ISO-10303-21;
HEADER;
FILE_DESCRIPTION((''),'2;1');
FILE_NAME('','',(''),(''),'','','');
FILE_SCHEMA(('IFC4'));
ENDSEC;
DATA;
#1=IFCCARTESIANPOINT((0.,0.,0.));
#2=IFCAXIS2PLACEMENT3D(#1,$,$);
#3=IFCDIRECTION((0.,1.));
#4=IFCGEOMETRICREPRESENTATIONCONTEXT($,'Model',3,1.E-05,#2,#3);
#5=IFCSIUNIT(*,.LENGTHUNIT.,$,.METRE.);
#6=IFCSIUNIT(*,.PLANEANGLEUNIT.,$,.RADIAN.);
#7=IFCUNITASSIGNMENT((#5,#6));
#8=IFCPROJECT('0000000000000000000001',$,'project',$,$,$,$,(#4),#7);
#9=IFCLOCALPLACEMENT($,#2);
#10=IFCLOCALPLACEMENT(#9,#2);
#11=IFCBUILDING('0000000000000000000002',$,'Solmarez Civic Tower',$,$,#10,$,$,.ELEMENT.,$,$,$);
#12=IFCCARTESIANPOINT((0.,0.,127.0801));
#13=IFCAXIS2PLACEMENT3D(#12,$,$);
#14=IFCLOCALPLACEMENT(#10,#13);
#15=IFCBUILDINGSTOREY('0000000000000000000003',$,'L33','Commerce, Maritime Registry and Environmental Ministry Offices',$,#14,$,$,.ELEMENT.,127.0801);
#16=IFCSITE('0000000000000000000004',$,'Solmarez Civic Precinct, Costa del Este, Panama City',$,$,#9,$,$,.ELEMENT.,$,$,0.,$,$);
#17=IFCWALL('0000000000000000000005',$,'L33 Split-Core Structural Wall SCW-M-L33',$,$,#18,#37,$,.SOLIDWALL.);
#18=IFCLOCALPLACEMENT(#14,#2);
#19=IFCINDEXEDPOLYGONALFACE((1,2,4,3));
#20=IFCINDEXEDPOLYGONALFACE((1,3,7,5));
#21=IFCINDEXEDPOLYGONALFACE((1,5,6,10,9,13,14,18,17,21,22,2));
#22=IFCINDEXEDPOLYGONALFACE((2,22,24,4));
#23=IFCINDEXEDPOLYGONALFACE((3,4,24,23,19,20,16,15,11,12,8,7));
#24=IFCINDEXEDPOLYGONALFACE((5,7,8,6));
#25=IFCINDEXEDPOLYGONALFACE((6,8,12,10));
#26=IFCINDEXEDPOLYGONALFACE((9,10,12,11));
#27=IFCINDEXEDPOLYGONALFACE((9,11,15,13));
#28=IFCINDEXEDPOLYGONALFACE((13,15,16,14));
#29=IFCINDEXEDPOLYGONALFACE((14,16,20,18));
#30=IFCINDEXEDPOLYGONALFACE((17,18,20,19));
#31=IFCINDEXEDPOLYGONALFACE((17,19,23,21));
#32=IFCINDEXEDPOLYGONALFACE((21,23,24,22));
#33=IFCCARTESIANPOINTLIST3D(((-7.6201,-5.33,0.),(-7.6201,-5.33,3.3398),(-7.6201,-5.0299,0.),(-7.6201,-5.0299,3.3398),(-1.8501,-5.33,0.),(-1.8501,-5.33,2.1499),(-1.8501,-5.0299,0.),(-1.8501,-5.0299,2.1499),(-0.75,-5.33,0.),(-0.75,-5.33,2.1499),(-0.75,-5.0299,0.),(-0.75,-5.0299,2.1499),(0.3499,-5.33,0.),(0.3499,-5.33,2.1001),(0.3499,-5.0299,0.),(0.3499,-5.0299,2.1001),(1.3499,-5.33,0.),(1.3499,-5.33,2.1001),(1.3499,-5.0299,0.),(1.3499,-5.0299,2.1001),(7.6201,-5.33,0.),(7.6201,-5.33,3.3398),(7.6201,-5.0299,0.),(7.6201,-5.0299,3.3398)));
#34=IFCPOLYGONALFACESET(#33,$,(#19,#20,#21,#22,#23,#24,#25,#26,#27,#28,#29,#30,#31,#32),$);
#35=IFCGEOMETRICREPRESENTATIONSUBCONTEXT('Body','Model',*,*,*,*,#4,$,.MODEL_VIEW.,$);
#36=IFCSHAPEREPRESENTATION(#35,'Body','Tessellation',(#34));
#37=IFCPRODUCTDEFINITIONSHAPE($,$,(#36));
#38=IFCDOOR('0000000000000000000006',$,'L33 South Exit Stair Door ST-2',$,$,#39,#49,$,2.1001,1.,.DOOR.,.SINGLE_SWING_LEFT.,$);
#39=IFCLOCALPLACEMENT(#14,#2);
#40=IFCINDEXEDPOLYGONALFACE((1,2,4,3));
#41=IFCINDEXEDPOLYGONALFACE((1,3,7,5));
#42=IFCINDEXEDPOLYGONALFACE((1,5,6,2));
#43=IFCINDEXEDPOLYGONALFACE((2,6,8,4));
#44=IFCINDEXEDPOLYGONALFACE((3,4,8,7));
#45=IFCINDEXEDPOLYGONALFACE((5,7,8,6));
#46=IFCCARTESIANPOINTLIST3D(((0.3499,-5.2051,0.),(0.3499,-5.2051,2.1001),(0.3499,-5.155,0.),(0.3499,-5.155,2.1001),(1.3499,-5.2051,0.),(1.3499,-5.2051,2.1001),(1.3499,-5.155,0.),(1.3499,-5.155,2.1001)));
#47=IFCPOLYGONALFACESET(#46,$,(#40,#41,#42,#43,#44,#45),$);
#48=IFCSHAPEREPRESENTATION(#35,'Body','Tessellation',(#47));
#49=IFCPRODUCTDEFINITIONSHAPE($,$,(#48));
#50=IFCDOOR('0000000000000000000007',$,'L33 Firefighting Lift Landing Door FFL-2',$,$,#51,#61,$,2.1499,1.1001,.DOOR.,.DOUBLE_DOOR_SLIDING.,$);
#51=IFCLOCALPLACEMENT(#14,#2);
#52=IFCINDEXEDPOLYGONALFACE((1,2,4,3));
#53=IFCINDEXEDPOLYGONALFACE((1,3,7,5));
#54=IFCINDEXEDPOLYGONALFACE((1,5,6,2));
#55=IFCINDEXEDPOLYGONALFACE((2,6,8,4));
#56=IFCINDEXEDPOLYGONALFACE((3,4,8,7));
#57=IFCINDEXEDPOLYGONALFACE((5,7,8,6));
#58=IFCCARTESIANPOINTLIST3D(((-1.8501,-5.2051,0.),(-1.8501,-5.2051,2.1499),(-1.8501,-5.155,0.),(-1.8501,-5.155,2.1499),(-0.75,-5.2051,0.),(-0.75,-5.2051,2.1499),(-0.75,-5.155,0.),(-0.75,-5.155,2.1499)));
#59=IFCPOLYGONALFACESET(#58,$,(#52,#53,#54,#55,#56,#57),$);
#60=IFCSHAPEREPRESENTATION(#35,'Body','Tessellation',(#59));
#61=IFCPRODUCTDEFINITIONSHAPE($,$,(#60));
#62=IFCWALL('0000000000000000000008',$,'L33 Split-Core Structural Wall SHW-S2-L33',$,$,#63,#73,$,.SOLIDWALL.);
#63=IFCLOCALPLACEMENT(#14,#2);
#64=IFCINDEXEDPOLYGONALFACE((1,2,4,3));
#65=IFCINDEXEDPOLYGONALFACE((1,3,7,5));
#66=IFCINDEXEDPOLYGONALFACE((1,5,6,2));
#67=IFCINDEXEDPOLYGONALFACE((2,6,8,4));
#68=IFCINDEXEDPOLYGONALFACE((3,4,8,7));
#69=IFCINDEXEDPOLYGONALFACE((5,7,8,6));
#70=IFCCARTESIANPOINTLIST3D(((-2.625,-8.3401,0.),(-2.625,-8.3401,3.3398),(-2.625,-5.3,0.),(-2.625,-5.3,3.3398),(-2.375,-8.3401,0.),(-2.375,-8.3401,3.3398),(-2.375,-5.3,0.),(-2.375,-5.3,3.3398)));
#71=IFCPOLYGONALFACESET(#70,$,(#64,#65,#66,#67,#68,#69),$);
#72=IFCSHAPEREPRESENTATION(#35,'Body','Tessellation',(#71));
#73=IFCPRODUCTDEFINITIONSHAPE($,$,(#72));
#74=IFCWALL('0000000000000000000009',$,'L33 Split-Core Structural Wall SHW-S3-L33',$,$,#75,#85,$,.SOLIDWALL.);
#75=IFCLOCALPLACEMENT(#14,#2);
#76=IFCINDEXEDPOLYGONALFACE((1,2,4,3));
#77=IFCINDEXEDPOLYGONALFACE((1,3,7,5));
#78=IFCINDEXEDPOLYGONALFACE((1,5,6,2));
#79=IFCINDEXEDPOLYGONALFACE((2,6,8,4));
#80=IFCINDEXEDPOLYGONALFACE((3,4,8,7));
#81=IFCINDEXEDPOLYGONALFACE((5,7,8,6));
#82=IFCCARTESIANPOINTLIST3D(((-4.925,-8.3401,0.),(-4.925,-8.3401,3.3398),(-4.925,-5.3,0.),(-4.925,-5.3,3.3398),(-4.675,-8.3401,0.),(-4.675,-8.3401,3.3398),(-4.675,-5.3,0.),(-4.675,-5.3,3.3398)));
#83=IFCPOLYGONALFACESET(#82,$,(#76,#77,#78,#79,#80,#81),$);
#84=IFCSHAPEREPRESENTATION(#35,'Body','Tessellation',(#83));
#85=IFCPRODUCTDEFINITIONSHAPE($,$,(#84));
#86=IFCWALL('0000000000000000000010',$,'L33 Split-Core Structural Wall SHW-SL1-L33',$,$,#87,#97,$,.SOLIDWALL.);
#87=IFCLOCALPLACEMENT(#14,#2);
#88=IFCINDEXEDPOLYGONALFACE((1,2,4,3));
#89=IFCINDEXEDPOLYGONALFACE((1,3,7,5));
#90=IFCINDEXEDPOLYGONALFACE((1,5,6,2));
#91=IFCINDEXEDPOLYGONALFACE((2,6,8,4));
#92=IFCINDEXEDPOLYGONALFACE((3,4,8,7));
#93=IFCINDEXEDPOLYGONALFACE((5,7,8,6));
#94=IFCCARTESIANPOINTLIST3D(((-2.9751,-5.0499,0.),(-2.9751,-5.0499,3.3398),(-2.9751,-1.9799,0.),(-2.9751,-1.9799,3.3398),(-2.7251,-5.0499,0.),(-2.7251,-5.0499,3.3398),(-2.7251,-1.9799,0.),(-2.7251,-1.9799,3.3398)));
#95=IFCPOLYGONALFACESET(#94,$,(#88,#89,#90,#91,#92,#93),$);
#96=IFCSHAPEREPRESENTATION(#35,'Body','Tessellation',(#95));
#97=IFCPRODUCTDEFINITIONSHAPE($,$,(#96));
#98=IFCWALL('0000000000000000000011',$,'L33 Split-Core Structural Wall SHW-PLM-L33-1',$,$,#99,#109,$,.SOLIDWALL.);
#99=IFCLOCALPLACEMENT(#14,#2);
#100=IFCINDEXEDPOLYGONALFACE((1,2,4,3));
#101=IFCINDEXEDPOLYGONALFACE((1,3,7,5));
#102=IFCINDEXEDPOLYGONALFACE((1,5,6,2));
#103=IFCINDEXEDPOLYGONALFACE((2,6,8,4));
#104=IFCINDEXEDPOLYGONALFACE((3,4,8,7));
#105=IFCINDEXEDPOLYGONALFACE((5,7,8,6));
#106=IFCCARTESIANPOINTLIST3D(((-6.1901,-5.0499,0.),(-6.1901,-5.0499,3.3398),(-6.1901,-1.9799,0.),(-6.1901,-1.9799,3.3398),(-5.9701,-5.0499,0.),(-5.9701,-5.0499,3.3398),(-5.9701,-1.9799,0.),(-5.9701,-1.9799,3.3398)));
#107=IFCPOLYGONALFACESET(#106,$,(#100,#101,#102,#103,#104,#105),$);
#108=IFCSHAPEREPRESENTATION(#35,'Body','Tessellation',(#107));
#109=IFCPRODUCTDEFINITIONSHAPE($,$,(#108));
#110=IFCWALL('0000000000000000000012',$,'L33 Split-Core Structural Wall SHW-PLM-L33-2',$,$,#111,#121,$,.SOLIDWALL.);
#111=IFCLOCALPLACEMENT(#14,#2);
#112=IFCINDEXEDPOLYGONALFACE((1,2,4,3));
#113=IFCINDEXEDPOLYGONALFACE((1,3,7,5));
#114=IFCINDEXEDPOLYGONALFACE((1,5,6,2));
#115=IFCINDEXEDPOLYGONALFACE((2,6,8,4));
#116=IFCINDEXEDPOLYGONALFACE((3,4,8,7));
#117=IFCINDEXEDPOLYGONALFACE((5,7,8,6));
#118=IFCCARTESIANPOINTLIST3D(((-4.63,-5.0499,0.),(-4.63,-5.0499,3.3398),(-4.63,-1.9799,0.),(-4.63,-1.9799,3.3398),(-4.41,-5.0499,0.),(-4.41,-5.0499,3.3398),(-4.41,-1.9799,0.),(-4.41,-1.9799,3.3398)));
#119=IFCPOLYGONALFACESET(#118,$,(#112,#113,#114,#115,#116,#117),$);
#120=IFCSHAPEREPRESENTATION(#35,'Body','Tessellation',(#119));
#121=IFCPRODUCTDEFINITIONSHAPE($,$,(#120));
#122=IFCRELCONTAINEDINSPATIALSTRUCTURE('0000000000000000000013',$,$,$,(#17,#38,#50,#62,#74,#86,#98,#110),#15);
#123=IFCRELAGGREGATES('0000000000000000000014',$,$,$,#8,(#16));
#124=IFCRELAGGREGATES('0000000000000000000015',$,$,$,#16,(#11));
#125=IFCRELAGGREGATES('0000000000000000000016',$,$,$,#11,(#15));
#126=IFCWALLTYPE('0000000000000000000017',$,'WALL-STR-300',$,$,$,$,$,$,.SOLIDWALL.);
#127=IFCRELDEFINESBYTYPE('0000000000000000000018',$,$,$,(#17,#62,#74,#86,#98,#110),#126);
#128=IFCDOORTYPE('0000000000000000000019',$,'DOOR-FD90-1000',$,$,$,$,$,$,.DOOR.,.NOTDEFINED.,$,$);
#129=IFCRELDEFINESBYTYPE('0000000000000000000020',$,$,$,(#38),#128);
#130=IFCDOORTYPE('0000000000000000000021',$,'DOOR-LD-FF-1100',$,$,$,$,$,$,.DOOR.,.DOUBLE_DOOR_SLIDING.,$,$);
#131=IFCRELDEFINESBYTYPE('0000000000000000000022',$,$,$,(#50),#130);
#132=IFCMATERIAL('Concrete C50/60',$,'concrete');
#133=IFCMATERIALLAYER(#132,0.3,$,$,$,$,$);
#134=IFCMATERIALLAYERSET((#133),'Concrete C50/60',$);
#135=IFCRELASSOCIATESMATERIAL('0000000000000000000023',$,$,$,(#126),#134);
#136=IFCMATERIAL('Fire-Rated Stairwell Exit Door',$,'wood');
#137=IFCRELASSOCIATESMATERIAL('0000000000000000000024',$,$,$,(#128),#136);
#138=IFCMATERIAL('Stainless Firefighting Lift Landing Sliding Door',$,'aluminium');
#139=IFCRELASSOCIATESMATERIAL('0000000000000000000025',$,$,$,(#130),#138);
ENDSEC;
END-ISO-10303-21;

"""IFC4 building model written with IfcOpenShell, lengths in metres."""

from ifc_helpers import new_model, si_unit, direction, frame, frame_2d, origin, place, context, subcontext, project, spatial, rectangle, extrude, material, layer, layer_set, type_object, element, fill, save


model = new_model("IFC4")

# Units and contexts
model_context = context("Model", 3, precision=1e-05, world=origin(), true_north=direction((0.0, 1.0)))
body_context = subcontext(model_context, "Body", "Model", "MODEL_VIEW")
ifc_project = project(units=[si_unit("LENGTHUNIT", "METRE"), si_unit("PLANEANGLEUNIT", "RADIAN")], contexts=[model_context])

# Site, building, storey
site_placement = place(None, origin())
site = spatial("IfcSite", under=ifc_project, at=site_placement, Name="Solmarez Civic Precinct, Costa del Este, Panama City", CompositionType="ELEMENT", RefElevation=0.0)
building_placement = place(site_placement, origin())
building = spatial("IfcBuilding", under=site, at=building_placement, Name="Solmarez Civic Tower", CompositionType="ELEMENT")
storey_placement = place(building_placement, frame((0.0, 0.0, 127.0801)))
storey = spatial("IfcBuildingStorey", under=building, at=storey_placement, Name="L33", Description="Commerce, Maritime Registry and Environmental Ministry Offices", CompositionType="ELEMENT", Elevation=127.0801)

# Shared definitions
ifc_material_1 = material(Name="Concrete C50/60", Category="concrete")

# Wall, openings, doors
ifc_layer_1 = layer(ifc_material_1, 0.3)
ifc_layer_set_1 = layer_set([ifc_layer_1], Name="Concrete C50/60")
wall_type_1 = type_object("IfcWallType", Name="WALL-STR-300", PredefinedType="SOLIDWALL", material=ifc_layer_set_1)
wall_1_placement = place(storey_placement, frame((-7.6201, -5.1799, 0.0), z_axis=(0.0, 0.0, 1.0), x_axis=(1.0, 0.0, 0.0)))
wall_1 = element("IfcWall", 1, at=wall_1_placement, inside=storey, type_object=wall_type_1, Name="L33 Split-Core Structural Wall SCW-M-L33", PredefinedType="SOLIDWALL", context=body_context, shape_type="SweptSolid", body=[
    extrude(rectangle(XDim=15.2402, YDim=0.3, at=frame_2d((7.6201, 0.0))), origin(), (0.0, 0.0, 1.0), 3.3398),
])
opening_1_placement = place(wall_1_placement, frame((5.77, 0.0, 0.0)))
opening_1 = element("IfcOpeningElement", 2, at=opening_1_placement, cuts=wall_1, PredefinedType="OPENING", context=body_context, shape_type="SweptSolid", body=[
    extrude(rectangle(XDim=1.1001, YDim=2.1499, at=frame_2d((0.55, 1.075))), frame((0.0, 0.1599, 0.0), z_axis=(0.0, -1.0, 0.0), x_axis=(1.0, 0.0, 0.0)), (0.0, 0.0, 1.0), 0.3201),
])
opening_2_placement = place(wall_1_placement, frame((7.97, 0.0, 0.0)))
opening_2 = element("IfcOpeningElement", 3, at=opening_2_placement, cuts=wall_1, PredefinedType="OPENING", context=body_context, shape_type="SweptSolid", body=[
    extrude(rectangle(XDim=1.0, YDim=2.1001, at=frame_2d((0.5, 1.05))), frame((0.0, 0.1599, 0.0), z_axis=(0.0, -1.0, 0.0), x_axis=(1.0, 0.0, 0.0)), (0.0, 0.0, 1.0), 0.3201),
])
ifc_material_2 = material(Name="Fire-Rated Stairwell Exit Door", Category="wood")
door_type_1 = type_object("IfcDoorType", Name="DOOR-FD90-1000", OperationType="NOTDEFINED", PredefinedType="DOOR", material=ifc_material_2)
door_1_placement = place(opening_2_placement, origin())
door_1 = element("IfcDoor", 4, at=door_1_placement, inside=storey, type_object=door_type_1, Name="L33 South Exit Stair Door ST-2", OperationType="SINGLE_SWING_LEFT", OverallHeight=2.1001, OverallWidth=1.0, PredefinedType="DOOR", context=body_context, shape_type="SweptSolid", body=[
    extrude(rectangle(XDim=1.0, YDim=2.1001, at=frame_2d((0.5, 1.05))), frame((0.0, 0.0249, 0.0), z_axis=(0.0, -1.0, 0.0), x_axis=(1.0, 0.0, 0.0)), (0.0, 0.0, 1.0), 0.05),
])
fill(opening_2, door_1)
ifc_material_3 = material(Name="Stainless Firefighting Lift Landing Sliding Door", Category="aluminium")
door_type_2 = type_object("IfcDoorType", Name="DOOR-LD-FF-1100", OperationType="DOUBLE_DOOR_SLIDING", PredefinedType="DOOR", material=ifc_material_3)
door_2_placement = place(opening_1_placement, origin())
door_2 = element("IfcDoor", 5, at=door_2_placement, inside=storey, type_object=door_type_2, Name="L33 Firefighting Lift Landing Door FFL-2", OperationType="DOUBLE_DOOR_SLIDING", OverallHeight=2.1499, OverallWidth=1.1001, PredefinedType="DOOR", context=body_context, shape_type="SweptSolid", body=[
    extrude(rectangle(XDim=1.1001, YDim=2.1499, at=frame_2d((0.55, 1.075))), frame((0.0, 0.0249, 0.0), z_axis=(0.0, -1.0, 0.0), x_axis=(1.0, 0.0, 0.0)), (0.0, 0.0, 1.0), 0.05),
])
fill(opening_1, door_2)

# Walls
for number, where, z_axis, x_axis, name in (
    (6, (-2.5, -8.3401, 0.0), (0.0, 0.0, 1.0), (0.0, 1.0, 0.0), "L33 Split-Core Structural Wall SHW-S2-L33"),
    (7, (-4.8, -8.3401, 0.0), (0.0, 0.0, 1.0), (0.0, 1.0, 0.0), "L33 Split-Core Structural Wall SHW-S3-L33"),
):
    element("IfcWall", number, at=place(storey_placement, frame(where, z_axis=z_axis, x_axis=x_axis)), inside=storey, type_object=wall_type_1, Name=name, PredefinedType="SOLIDWALL", context=body_context, shape_type="SweptSolid", body=[
        extrude(rectangle(XDim=3.04, YDim=0.25, at=frame_2d((1.52, 0.0))), origin(), (0.0, 0.0, 1.0), 3.3398),
    ])
wall_2_placement = place(storey_placement, frame((-2.8501, -5.05, 0.0), z_axis=(0.0, 0.0, 1.0), x_axis=(0.0, 1.0, 0.0)))
element("IfcWall", 8, at=wall_2_placement, inside=storey, type_object=wall_type_1, Name="L33 Split-Core Structural Wall SHW-SL1-L33", PredefinedType="SOLIDWALL", context=body_context, shape_type="SweptSolid", body=[
    extrude(rectangle(XDim=3.0701, YDim=0.25, at=frame_2d((1.5352, 0.0))), origin(), (0.0, 0.0, 1.0), 3.3398),
])
for number, where, z_axis, x_axis, name in (
    (9, (-6.0801, -5.05, 0.0), (0.0, 0.0, 1.0), (0.0, 1.0, 0.0), "L33 Split-Core Structural Wall SHW-PLM-L33-1"),
    (10, (-4.52, -5.05, 0.0), (0.0, 0.0, 1.0), (0.0, 1.0, 0.0), "L33 Split-Core Structural Wall SHW-PLM-L33-2"),
):
    element("IfcWall", number, at=place(storey_placement, frame(where, z_axis=z_axis, x_axis=x_axis)), inside=storey, type_object=wall_type_1, Name=name, PredefinedType="SOLIDWALL", context=body_context, shape_type="SweptSolid", body=[
        extrude(rectangle(XDim=3.0701, YDim=0.22, at=frame_2d((1.5352, 0.0))), origin(), (0.0, 0.0, 1.0), 3.3398),
    ])

save(model, "model.ifc")
